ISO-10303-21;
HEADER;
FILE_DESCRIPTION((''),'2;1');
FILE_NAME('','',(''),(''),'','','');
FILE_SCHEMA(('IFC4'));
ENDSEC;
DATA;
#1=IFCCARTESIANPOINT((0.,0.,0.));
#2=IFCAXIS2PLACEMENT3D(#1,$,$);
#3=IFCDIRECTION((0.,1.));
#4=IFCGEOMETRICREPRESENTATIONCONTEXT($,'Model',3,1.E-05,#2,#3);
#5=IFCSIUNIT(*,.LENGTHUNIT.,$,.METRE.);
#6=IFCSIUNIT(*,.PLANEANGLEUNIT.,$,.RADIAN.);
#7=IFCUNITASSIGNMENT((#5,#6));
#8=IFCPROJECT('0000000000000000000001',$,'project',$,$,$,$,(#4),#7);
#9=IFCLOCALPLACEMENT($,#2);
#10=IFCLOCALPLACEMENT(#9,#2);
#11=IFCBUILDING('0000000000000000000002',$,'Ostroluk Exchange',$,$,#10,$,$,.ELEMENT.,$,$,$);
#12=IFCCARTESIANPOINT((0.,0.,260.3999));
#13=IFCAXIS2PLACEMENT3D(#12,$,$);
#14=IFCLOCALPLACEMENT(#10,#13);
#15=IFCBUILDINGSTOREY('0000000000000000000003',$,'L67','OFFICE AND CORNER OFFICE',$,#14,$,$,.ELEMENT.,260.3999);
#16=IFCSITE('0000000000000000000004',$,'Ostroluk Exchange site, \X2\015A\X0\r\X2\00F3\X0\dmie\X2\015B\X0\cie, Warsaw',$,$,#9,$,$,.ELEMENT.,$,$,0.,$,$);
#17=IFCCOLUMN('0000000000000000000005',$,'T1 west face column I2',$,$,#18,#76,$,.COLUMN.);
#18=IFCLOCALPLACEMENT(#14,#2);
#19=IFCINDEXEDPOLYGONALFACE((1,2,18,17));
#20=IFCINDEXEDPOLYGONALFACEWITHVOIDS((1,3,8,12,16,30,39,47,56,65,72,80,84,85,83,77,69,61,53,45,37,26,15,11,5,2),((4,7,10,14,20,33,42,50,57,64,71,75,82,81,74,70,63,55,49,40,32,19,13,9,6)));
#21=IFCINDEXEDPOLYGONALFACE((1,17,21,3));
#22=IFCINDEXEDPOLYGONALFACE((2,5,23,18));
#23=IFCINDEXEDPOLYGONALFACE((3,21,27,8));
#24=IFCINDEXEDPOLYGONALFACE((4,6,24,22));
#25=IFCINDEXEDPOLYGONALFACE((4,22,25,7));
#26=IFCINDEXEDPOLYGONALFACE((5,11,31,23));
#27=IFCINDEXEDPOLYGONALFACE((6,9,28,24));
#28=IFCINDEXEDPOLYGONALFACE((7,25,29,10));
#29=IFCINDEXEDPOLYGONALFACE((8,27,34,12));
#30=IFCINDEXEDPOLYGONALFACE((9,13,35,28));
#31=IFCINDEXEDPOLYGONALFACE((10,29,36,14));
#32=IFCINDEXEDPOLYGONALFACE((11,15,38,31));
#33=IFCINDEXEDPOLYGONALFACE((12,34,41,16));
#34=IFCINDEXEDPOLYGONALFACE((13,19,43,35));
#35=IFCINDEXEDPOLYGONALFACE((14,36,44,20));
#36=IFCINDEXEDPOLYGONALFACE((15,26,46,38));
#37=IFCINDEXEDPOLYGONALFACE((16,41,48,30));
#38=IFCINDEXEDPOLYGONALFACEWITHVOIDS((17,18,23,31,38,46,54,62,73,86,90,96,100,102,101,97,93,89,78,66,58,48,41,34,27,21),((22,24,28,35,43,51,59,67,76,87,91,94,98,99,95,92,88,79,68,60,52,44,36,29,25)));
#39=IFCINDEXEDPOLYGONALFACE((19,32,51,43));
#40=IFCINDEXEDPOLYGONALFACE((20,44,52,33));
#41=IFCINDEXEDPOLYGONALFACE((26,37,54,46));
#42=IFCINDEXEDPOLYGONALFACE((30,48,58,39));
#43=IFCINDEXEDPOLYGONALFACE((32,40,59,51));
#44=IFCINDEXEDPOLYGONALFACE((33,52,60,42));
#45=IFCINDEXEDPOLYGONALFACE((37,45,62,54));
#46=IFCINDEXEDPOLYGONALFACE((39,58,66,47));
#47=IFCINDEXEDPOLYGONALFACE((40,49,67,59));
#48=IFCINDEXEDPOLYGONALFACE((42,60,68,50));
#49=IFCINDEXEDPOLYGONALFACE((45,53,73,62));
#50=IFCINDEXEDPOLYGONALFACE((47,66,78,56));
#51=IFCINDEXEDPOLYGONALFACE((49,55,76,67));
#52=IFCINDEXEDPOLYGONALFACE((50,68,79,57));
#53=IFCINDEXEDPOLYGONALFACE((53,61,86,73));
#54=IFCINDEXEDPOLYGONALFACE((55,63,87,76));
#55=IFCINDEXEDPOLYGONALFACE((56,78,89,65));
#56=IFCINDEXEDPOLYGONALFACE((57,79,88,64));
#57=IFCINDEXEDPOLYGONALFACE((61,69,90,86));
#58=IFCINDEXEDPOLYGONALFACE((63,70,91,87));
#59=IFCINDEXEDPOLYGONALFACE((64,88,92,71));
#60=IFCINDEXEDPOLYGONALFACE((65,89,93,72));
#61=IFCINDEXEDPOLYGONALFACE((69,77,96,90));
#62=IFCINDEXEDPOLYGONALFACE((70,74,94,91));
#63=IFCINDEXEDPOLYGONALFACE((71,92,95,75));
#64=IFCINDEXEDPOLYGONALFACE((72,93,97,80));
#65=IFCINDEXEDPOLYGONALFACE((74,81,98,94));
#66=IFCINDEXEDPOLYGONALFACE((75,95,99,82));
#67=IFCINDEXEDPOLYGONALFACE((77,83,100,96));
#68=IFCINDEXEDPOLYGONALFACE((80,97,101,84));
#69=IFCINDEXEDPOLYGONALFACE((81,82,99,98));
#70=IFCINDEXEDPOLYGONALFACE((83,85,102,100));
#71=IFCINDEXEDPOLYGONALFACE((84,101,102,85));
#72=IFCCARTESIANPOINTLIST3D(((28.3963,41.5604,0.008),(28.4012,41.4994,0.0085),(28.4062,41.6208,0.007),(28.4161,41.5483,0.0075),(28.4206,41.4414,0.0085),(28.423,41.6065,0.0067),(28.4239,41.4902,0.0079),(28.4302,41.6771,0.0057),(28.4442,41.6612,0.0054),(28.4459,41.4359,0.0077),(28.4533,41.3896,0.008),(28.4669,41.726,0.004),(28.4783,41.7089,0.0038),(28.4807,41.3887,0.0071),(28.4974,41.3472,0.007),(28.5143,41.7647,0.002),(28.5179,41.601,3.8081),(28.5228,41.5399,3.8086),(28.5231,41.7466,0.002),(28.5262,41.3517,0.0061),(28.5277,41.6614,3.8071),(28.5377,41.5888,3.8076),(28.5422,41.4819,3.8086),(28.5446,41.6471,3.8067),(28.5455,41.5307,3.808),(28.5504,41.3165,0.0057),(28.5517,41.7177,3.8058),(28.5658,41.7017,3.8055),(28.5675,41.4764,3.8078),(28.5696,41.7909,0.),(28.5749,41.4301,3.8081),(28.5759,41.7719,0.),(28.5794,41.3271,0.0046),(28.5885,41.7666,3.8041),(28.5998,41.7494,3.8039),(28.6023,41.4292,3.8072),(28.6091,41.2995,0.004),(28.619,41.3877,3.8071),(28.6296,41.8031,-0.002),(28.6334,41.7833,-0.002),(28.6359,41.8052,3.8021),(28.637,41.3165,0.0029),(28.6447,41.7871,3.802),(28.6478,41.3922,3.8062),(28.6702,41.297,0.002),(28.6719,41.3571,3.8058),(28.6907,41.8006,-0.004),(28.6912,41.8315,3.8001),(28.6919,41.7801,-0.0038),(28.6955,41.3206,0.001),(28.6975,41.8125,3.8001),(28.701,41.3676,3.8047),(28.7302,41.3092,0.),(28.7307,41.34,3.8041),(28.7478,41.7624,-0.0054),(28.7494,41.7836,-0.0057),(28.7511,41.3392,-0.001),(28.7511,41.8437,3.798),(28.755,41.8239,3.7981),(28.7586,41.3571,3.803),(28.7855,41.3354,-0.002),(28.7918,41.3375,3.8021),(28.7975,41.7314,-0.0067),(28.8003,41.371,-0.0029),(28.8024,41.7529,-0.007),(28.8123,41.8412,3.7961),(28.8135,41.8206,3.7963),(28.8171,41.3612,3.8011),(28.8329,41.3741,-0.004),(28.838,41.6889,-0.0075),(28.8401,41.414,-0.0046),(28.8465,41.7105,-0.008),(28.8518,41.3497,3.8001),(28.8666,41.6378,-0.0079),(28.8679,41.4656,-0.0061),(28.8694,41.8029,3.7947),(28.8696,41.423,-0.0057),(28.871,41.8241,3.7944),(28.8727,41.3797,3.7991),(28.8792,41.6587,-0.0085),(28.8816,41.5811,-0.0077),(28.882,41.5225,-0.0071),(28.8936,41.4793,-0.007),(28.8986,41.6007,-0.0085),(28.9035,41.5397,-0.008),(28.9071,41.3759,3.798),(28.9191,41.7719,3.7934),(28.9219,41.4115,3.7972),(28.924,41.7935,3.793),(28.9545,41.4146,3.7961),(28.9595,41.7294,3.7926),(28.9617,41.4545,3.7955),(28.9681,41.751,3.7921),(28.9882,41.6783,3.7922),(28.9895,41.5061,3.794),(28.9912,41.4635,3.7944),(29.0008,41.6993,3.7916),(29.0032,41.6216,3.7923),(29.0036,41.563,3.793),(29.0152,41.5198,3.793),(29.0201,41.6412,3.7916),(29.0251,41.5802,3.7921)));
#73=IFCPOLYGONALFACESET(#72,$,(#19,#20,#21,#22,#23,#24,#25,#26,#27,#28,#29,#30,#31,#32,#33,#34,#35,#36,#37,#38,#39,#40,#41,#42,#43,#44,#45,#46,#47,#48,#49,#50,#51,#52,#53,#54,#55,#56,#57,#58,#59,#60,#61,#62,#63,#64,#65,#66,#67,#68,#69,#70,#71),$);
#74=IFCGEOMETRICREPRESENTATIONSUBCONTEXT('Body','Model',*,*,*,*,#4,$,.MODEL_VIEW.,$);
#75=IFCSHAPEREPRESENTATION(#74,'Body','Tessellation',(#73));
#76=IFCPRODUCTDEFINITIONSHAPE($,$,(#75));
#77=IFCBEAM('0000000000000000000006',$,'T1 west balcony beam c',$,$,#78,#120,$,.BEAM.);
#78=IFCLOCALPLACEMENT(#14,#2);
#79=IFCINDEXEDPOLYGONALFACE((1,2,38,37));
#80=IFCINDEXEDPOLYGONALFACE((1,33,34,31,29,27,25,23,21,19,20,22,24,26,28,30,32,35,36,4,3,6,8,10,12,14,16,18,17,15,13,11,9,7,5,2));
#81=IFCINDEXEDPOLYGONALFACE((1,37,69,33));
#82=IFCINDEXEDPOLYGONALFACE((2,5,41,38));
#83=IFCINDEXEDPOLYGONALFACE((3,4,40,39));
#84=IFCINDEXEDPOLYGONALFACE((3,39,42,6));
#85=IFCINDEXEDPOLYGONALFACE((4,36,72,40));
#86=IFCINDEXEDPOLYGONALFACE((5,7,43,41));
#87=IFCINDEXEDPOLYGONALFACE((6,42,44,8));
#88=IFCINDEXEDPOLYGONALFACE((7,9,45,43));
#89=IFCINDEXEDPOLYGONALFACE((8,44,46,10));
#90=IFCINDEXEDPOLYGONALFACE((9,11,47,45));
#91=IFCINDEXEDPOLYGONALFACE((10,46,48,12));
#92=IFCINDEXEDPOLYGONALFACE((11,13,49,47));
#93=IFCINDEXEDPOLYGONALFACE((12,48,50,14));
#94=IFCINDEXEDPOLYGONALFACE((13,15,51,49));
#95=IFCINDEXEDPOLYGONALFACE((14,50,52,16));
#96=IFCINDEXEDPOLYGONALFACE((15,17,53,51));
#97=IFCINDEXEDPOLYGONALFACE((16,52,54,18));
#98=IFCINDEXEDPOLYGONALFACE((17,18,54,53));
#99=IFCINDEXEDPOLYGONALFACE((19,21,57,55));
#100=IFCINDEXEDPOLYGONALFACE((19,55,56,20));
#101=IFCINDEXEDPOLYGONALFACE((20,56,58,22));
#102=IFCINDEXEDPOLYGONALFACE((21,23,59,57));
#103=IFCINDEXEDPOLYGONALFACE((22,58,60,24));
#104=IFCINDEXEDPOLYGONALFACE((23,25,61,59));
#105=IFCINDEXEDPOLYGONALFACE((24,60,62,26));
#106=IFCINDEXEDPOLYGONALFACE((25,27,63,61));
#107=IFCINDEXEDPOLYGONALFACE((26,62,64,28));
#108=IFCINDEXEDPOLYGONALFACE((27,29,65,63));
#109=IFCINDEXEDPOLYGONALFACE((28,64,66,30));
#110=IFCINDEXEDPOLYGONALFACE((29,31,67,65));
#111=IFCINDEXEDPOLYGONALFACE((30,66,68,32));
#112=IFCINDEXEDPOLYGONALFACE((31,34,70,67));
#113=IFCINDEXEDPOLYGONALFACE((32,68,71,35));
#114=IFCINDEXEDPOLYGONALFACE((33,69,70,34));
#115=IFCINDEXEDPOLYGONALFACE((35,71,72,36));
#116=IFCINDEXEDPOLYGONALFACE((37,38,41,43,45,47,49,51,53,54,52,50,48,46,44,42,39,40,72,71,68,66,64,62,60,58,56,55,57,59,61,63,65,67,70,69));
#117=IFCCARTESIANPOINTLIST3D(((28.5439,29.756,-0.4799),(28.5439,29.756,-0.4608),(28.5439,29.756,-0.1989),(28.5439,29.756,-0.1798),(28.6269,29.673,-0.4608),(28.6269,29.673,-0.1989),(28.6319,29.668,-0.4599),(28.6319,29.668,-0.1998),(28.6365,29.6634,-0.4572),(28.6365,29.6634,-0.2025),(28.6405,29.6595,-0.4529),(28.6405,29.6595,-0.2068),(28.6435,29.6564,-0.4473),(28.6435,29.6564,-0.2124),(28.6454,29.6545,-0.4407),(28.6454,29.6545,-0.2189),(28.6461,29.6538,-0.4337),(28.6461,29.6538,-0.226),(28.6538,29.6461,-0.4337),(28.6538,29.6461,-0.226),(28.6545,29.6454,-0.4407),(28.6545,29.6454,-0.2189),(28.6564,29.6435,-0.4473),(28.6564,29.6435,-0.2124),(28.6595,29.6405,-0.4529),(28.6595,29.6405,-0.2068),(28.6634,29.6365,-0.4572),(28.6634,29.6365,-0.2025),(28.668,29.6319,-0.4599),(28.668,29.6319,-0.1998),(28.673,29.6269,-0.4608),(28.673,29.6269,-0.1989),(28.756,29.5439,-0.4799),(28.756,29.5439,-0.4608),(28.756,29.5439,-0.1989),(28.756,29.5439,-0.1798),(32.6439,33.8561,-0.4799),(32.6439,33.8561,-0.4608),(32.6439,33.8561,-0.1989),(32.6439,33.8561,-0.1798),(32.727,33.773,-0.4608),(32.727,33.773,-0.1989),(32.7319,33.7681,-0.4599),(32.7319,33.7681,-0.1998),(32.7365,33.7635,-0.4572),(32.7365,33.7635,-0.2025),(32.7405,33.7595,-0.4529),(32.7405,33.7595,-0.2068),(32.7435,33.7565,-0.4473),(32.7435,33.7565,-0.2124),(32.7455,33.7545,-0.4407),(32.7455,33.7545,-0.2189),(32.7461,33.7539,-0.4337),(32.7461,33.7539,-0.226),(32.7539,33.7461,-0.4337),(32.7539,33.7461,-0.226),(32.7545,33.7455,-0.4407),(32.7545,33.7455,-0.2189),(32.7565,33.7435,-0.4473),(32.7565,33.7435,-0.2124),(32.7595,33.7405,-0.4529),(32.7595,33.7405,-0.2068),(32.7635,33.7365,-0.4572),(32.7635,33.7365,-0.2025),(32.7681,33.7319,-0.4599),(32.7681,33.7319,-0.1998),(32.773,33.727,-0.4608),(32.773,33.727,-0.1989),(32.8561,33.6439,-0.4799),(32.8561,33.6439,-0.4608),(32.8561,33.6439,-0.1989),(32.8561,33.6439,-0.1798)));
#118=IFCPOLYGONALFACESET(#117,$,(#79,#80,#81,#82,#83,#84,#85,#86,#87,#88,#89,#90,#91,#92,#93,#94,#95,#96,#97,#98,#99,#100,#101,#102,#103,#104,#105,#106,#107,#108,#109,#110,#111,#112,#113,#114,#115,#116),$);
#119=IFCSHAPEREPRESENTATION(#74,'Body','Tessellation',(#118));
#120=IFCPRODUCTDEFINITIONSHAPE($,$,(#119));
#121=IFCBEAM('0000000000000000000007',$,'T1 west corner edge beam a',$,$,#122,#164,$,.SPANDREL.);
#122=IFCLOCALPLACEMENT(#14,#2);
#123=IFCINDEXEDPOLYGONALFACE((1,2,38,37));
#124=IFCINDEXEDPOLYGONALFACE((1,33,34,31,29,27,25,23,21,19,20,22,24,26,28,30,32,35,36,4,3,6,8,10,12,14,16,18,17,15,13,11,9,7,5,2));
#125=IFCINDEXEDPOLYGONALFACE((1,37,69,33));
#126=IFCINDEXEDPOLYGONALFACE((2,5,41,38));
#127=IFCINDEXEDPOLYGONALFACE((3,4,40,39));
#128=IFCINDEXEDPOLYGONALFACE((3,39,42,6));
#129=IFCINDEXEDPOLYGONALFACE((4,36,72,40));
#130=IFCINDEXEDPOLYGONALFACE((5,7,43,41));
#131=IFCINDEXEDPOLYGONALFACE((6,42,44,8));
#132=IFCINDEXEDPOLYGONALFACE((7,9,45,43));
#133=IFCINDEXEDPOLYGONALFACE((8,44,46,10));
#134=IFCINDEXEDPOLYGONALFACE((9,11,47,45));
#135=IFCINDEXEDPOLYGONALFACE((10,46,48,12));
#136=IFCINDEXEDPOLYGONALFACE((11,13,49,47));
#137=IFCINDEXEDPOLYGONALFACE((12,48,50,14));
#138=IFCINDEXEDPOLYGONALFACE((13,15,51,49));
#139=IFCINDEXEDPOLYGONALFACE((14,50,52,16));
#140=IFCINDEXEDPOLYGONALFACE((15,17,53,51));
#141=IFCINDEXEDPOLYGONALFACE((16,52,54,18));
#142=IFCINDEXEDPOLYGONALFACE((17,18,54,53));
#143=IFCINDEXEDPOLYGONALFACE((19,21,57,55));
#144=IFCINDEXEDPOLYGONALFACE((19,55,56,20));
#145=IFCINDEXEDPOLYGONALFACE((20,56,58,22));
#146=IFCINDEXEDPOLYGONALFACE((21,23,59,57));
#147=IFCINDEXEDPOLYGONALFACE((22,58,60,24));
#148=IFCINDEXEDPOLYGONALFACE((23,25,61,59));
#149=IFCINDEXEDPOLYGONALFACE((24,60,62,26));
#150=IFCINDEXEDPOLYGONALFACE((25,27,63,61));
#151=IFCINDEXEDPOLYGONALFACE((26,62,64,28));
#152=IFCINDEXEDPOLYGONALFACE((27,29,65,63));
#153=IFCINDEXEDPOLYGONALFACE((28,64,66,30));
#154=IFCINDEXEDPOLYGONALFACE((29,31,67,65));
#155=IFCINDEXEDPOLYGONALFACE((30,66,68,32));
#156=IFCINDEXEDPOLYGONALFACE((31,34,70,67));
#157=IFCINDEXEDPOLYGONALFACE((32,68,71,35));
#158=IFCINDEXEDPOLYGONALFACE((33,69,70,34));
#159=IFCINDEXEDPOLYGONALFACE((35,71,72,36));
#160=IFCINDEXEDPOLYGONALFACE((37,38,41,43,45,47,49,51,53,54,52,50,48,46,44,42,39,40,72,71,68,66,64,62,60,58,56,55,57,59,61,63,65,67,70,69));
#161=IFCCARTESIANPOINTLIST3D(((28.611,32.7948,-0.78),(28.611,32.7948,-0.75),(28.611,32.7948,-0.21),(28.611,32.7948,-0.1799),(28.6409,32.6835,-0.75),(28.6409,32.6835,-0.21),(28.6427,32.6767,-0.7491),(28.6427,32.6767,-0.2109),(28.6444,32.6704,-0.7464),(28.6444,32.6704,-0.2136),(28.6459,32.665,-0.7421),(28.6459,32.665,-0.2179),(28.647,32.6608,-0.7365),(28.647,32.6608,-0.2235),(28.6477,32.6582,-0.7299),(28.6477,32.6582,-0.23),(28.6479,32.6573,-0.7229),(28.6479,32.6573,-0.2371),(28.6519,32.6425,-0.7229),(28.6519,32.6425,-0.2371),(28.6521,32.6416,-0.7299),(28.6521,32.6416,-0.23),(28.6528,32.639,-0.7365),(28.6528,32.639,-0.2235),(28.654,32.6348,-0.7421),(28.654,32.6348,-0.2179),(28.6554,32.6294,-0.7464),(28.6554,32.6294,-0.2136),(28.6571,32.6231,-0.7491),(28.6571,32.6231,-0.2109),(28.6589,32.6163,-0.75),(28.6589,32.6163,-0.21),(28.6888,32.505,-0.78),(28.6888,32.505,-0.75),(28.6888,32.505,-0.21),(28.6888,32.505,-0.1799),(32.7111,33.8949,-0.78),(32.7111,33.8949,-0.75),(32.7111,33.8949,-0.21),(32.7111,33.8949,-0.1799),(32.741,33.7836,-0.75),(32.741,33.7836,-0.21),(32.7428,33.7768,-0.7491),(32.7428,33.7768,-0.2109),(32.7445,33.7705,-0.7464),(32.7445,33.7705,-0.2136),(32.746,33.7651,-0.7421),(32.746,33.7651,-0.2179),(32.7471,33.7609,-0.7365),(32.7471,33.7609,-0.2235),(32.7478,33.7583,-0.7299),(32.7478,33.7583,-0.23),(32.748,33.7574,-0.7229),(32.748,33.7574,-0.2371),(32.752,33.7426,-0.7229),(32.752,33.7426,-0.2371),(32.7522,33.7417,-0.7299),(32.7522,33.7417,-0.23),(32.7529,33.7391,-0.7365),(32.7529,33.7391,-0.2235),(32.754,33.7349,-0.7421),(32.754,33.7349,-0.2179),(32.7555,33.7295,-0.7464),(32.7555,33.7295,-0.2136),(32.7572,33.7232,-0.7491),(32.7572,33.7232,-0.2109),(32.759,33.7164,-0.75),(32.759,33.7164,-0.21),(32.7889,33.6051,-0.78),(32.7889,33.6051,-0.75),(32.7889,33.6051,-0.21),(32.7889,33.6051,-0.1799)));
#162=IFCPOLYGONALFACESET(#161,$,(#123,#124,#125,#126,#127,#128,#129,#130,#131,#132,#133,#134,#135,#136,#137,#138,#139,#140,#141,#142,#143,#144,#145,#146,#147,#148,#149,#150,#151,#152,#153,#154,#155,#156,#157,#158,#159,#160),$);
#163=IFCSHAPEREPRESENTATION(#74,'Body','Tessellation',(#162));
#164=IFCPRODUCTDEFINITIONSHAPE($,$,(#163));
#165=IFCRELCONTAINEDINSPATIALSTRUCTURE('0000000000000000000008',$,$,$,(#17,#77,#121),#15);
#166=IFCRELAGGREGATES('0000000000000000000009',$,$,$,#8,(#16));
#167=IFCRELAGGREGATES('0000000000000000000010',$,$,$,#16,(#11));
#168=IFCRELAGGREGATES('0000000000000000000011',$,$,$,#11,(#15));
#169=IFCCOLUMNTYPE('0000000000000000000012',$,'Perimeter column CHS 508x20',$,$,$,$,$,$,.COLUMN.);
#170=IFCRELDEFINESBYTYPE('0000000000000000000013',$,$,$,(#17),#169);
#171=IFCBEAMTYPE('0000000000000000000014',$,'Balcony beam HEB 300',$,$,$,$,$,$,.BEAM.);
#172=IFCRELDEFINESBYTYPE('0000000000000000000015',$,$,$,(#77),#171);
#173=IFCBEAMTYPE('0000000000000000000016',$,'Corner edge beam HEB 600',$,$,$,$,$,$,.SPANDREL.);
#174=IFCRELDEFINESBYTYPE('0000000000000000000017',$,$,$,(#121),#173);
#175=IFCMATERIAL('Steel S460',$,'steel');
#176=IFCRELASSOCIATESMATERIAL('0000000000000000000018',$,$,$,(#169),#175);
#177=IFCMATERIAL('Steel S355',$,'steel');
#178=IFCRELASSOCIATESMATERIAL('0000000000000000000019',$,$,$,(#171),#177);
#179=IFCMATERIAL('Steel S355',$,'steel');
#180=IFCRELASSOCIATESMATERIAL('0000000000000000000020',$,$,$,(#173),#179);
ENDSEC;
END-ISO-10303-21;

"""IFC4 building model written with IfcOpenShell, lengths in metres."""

from ifc_helpers import new_model, si_unit, direction, frame, origin, origin_2d, place, context, subcontext, project, spatial, hollow_circle, i_section, extrude, material, material_profile, profile_set, type_object, element, save


model = new_model("IFC4")

# Units and contexts
model_context = context("Model", 3, precision=1e-05, world=origin(), true_north=direction((0.0, 1.0)))
body_context = subcontext(model_context, "Body", "Model", "MODEL_VIEW")
ifc_project = project(units=[si_unit("LENGTHUNIT", "METRE"), si_unit("PLANEANGLEUNIT", "RADIAN")], contexts=[model_context])

# Site, building, storey
site_placement = place(None, origin())
site = spatial("IfcSite", under=ifc_project, at=site_placement, Name="Ostroluk Exchange site, Śródmieście, Warsaw", CompositionType="ELEMENT", RefElevation=0.0)
building_placement = place(site_placement, origin())
building = spatial("IfcBuilding", under=site, at=building_placement, Name="Ostroluk Exchange", CompositionType="ELEMENT")
storey_placement = place(building_placement, frame((0.0, 0.0, 260.3999)))
storey = spatial("IfcBuildingStorey", under=building, at=storey_placement, Name="L67", Description="OFFICE AND CORNER OFFICE", CompositionType="ELEMENT", Elevation=260.3999)

# Column
ifc_material_1 = material(Name="Steel S460", Category="steel")
ifc_material_profile_1 = material_profile(ifc_material_1, hollow_circle(Radius=0.2539, WallThickness=0.02, at=origin_2d()), Name="CHS 508x20")
ifc_profile_set_1 = profile_set([ifc_material_profile_1], Name="Steel S460")
column_type = type_object("IfcColumnType", Name="Perimeter column CHS 508x20", PredefinedType="COLUMN", material=ifc_profile_set_1)
column_placement = place(storey_placement, frame((28.6499, 41.55, 0.0), z_axis=(0.031977, 0.010659, 0.999432), x_axis=(-0.316228, 0.948683, 0.0)))
element("IfcColumn", 1, at=column_placement, inside=storey, type_object=column_type, Name="T1 west face column I2", PredefinedType="COLUMN", context=body_context, shape_type="SweptSolid", body=[
    extrude(hollow_circle(Radius=0.2539, WallThickness=0.02, at=origin_2d()), origin(), (0.0, 0.0, 1.0), 3.8022),
])

# Beams
ifc_material_2 = material(Name="Steel S355", Category="steel")
ifc_material_profile_2 = material_profile(ifc_material_2, i_section(OverallWidth=0.3, OverallDepth=0.3, WebThickness=0.011, FlangeThickness=0.019, FilletRadius=0.0271, at=origin_2d()), Name="HEB 300")
ifc_profile_set_2 = profile_set([ifc_material_profile_2], Name="Steel S355")
beam_type_1 = type_object("IfcBeamType", Name="Balcony beam HEB 300", PredefinedType="BEAM", material=ifc_profile_set_2)
beam_1_placement = place(storey_placement, frame((32.75, 33.75, -0.3298), z_axis=(-0.707107, -0.707107, 0.0), x_axis=(0.707107, -0.707107, 0.0)))
element("IfcBeam", 2, at=beam_1_placement, inside=storey, type_object=beam_type_1, Name="T1 west balcony beam c", PredefinedType="BEAM", context=body_context, shape_type="SweptSolid", body=[
    extrude(i_section(OverallWidth=0.3, OverallDepth=0.3, WebThickness=0.011, FlangeThickness=0.019, FilletRadius=0.0271, at=origin_2d()), origin(), (0.0, 0.0, 1.0), 5.7983),
])
ifc_material_3 = material(Name="Steel S355", Category="steel")
ifc_material_profile_3 = material_profile(ifc_material_3, i_section(OverallWidth=0.3, OverallDepth=0.6001, WebThickness=0.0154, FlangeThickness=0.03, FilletRadius=0.0271, at=origin_2d()), Name="HEB 600")
ifc_profile_set_3 = profile_set([ifc_material_profile_3], Name="Steel S355")
beam_type_2 = type_object("IfcBeamType", Name="Corner edge beam HEB 600", PredefinedType="SPANDREL", material=ifc_profile_set_3)
for number, where, z_axis, x_axis, name in (
    (3, (32.75, 33.75, -0.48), (-0.965839, -0.259144, 0.0), (0.259144, -0.965839, 0.0), "T1 west corner edge beam a"),
):
    element("IfcBeam", number, at=place(storey_placement, frame(where, z_axis=z_axis, x_axis=x_axis)), inside=storey, type_object=beam_type_2, Name=name, PredefinedType="SPANDREL", context=body_context, shape_type="SweptSolid", body=[
        extrude(i_section(OverallWidth=0.3, OverallDepth=0.6001, WebThickness=0.0154, FlangeThickness=0.03, FilletRadius=0.0271, at=origin_2d()), origin(), (0.0, 0.0, 1.0), 4.2451),
    ])

save(model, "model.ifc")
